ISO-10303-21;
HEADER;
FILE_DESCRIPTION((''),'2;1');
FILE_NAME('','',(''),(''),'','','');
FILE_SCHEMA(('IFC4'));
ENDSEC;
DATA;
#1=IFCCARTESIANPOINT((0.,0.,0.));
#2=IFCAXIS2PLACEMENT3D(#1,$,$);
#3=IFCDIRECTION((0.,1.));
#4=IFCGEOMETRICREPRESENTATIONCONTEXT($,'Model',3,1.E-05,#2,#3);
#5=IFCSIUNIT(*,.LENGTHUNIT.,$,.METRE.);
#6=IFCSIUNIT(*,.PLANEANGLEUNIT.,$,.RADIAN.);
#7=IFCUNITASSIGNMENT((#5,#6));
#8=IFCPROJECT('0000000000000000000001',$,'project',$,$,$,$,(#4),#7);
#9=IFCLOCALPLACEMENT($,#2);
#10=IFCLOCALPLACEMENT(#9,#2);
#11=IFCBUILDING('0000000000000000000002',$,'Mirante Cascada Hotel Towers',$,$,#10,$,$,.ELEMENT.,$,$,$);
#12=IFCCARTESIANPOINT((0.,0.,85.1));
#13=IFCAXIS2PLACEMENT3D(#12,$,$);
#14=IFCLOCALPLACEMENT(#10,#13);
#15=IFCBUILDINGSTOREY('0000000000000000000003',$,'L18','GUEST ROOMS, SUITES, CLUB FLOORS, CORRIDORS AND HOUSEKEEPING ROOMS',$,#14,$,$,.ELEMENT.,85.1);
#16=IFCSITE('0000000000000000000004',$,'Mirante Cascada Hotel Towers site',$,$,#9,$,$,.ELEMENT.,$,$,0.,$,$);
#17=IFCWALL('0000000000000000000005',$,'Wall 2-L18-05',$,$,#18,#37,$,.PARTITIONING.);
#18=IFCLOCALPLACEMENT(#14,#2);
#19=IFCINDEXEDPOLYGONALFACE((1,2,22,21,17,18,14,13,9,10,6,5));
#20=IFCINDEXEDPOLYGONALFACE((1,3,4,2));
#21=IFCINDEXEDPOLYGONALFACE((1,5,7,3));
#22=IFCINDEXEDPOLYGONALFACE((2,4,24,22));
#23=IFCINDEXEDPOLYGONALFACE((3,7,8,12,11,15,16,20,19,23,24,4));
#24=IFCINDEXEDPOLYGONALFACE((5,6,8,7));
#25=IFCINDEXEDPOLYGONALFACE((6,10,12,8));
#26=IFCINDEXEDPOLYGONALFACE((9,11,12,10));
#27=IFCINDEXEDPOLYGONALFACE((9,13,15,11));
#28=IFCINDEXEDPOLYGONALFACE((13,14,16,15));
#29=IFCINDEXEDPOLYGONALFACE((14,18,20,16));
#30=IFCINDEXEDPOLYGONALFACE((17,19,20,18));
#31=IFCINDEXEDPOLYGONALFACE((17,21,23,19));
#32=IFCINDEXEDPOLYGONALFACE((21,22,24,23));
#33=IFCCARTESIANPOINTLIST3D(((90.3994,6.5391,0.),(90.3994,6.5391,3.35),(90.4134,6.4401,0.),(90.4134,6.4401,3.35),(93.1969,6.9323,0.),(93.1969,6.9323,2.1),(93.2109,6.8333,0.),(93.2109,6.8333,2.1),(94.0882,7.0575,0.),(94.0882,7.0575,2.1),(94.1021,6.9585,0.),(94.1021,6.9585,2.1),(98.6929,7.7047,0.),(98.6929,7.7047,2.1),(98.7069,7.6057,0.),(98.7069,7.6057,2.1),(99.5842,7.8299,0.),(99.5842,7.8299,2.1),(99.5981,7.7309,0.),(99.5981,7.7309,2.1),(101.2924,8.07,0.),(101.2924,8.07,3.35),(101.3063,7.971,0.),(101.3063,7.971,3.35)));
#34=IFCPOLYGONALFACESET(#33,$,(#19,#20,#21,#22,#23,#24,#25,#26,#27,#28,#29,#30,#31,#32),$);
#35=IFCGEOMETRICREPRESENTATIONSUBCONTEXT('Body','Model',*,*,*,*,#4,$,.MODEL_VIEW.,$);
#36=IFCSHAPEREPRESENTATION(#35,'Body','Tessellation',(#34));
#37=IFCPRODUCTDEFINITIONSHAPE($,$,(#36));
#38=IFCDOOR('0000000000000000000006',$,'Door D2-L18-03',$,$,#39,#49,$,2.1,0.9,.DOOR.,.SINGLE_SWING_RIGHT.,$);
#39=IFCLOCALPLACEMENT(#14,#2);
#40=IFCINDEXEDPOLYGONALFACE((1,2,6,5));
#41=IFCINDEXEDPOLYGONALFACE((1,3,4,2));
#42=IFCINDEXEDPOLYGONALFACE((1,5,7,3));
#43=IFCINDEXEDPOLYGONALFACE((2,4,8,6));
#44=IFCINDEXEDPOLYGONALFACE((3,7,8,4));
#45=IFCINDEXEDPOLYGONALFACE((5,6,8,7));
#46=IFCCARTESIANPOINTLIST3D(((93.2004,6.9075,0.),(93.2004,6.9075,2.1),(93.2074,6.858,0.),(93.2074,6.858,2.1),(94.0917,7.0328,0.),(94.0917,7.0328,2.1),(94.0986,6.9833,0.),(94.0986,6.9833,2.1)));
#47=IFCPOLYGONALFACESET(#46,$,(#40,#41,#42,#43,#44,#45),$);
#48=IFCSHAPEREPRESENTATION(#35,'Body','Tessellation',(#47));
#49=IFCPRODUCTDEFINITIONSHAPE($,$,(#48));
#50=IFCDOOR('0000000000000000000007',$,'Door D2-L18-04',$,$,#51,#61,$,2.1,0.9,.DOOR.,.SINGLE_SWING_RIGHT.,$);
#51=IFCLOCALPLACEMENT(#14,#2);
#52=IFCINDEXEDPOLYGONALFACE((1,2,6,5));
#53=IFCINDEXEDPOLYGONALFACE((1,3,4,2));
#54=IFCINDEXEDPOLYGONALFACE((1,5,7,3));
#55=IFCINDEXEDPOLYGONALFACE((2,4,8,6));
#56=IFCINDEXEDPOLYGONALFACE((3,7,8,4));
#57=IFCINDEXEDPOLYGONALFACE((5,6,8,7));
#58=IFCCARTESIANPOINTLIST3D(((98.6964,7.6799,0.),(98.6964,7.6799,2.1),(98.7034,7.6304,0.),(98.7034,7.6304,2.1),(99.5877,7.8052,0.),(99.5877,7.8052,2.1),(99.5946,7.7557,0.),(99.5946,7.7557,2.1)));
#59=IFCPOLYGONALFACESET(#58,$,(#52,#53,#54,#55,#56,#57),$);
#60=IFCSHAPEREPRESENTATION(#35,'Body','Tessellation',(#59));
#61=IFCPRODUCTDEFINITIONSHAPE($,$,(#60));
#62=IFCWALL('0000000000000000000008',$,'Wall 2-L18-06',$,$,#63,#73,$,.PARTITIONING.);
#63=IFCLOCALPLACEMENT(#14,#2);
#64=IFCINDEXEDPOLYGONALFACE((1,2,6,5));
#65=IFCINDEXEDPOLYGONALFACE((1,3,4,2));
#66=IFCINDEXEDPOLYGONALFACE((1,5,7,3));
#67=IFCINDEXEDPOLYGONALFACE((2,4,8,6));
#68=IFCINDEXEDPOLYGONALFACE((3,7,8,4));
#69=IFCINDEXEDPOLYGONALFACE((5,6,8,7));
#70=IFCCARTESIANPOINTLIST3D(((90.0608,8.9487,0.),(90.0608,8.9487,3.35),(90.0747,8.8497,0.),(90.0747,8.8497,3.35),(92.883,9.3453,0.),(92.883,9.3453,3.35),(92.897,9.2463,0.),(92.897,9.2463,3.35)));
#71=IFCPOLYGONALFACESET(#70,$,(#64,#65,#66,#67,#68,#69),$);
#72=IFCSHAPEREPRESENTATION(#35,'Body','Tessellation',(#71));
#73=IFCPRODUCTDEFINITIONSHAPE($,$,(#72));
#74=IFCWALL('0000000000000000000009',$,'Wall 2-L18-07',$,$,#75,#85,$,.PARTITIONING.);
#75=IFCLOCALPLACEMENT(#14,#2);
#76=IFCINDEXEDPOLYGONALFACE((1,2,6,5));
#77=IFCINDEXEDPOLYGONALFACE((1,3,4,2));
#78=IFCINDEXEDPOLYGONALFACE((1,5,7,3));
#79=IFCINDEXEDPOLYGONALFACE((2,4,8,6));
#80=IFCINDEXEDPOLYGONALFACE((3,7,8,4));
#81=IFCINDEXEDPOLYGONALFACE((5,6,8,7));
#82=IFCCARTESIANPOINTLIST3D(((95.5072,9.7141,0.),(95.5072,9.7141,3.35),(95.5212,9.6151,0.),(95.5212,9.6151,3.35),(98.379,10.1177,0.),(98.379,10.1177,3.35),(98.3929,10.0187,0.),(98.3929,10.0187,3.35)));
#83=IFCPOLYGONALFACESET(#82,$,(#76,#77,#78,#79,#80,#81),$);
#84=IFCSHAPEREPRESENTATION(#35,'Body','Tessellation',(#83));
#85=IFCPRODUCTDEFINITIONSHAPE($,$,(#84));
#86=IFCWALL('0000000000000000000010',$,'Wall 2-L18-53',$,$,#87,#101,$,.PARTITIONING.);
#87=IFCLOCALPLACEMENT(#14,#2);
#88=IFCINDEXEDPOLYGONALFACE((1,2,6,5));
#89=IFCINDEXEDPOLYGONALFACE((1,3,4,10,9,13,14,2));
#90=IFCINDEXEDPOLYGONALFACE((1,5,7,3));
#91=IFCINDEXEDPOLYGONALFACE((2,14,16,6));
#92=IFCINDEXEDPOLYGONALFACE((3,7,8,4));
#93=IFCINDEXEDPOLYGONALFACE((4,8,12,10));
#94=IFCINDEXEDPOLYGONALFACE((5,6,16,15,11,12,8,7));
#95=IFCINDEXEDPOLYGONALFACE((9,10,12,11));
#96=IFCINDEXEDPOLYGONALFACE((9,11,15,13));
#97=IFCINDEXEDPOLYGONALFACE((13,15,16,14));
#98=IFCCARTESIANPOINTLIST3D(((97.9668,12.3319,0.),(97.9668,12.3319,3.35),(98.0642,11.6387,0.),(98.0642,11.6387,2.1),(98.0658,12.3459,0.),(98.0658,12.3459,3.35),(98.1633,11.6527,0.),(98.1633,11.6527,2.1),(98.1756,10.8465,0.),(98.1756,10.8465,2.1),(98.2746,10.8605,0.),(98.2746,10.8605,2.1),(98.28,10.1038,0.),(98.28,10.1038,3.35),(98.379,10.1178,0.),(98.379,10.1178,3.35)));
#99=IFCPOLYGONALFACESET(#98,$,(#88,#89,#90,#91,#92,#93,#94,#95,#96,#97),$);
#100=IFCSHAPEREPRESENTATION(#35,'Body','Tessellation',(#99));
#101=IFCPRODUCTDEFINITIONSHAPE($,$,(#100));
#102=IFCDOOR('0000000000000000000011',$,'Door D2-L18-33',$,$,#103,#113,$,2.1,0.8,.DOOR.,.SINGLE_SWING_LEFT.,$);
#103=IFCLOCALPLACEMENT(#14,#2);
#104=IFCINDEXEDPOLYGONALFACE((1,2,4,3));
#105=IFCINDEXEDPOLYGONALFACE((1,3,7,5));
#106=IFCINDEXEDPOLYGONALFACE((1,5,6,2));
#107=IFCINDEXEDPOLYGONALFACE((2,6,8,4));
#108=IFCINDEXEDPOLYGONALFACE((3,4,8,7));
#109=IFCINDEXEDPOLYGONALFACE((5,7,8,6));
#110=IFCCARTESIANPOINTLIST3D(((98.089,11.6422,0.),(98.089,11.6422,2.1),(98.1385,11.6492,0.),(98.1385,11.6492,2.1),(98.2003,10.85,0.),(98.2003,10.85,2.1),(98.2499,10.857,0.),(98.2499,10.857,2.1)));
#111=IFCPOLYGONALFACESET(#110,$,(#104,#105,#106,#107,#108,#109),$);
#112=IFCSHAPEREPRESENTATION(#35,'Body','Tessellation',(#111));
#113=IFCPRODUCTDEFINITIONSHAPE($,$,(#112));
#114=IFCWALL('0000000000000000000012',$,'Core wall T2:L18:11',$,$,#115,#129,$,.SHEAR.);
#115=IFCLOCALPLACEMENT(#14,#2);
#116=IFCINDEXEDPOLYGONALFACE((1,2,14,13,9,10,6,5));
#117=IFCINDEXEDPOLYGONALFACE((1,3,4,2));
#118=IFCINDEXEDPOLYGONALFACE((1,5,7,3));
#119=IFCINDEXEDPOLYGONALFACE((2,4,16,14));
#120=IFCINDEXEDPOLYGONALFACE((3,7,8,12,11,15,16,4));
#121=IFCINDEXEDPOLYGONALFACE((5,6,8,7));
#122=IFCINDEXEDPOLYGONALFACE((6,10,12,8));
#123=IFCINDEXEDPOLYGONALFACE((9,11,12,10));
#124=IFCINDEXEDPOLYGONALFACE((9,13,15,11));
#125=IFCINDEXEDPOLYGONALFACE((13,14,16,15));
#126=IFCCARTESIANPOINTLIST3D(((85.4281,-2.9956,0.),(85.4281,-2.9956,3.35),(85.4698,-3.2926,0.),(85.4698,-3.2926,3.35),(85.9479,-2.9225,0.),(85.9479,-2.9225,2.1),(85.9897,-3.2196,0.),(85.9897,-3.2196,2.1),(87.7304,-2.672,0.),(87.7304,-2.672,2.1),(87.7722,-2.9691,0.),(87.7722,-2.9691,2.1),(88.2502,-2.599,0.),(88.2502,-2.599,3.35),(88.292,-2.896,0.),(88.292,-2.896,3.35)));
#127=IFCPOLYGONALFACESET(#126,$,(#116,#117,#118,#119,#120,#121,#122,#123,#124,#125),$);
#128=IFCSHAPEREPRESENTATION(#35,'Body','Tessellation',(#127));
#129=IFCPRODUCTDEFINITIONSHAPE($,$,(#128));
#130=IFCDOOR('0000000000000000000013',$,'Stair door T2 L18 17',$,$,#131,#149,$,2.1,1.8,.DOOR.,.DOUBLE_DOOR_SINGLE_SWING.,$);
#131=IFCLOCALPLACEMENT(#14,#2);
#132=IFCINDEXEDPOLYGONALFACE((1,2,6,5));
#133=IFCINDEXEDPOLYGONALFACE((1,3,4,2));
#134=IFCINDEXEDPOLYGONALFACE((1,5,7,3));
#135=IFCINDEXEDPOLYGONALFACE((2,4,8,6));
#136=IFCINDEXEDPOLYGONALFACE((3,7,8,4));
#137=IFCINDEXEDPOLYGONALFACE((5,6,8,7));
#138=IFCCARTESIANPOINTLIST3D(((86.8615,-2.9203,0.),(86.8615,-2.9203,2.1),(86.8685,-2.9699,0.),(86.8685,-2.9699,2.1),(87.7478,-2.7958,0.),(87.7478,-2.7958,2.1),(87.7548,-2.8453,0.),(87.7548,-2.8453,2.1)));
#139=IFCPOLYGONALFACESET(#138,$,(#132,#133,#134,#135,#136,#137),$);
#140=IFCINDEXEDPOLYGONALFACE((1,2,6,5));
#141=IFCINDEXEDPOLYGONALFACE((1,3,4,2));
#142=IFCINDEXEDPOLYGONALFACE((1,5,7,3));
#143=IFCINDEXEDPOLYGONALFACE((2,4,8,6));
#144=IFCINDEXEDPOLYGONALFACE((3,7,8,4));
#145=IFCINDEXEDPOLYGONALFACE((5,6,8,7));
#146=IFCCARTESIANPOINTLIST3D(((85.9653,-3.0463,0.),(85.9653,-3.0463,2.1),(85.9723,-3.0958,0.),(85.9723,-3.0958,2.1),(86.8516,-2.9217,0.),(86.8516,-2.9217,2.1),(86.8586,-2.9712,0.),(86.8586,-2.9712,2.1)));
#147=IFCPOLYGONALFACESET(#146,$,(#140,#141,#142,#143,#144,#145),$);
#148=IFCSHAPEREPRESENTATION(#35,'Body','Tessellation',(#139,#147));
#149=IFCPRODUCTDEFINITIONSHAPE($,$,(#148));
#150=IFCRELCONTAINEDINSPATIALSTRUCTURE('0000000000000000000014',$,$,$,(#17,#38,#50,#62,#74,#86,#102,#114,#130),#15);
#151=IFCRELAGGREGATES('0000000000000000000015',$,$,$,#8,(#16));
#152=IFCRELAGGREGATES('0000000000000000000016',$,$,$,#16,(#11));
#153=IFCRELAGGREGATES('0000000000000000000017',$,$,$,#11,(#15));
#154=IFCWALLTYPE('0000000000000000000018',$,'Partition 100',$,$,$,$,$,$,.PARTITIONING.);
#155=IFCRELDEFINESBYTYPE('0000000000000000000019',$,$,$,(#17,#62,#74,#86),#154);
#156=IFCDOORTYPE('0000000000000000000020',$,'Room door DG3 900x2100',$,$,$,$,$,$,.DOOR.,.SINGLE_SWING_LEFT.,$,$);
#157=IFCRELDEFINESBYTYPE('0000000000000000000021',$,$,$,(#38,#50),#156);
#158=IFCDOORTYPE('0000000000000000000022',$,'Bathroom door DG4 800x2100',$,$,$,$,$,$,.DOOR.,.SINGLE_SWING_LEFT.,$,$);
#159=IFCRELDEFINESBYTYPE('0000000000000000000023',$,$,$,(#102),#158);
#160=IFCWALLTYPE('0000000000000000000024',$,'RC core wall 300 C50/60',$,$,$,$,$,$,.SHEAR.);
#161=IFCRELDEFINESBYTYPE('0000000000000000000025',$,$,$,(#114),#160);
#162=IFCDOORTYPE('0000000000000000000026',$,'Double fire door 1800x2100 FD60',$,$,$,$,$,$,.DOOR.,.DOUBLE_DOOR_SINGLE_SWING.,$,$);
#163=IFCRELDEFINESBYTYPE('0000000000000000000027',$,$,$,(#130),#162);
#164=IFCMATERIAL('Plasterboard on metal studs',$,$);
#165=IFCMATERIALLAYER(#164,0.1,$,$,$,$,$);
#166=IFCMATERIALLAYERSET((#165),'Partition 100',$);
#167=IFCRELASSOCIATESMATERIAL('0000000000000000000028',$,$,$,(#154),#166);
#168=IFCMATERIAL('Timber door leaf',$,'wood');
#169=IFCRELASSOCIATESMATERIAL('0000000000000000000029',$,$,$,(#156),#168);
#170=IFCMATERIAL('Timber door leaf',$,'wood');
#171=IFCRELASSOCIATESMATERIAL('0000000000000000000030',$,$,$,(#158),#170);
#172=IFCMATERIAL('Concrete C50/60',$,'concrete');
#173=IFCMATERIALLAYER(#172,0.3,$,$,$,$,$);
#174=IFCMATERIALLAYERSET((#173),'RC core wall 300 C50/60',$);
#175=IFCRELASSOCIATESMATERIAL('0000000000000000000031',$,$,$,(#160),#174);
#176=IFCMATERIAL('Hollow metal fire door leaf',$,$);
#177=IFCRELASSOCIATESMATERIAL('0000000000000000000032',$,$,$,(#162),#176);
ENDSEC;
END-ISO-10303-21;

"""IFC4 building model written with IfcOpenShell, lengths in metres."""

from ifc_helpers import new_model, si_unit, direction, frame, frame_2d, origin, place, context, subcontext, project, spatial, rectangle, extrude, material, layer, layer_set, type_object, element, fill, save


model = new_model("IFC4")

# Units and contexts
model_context = context("Model", 3, precision=1e-05, world=origin(), true_north=direction((0.0, 1.0)))
body_context = subcontext(model_context, "Body", "Model", "MODEL_VIEW")
ifc_project = project(units=[si_unit("LENGTHUNIT", "METRE"), si_unit("PLANEANGLEUNIT", "RADIAN")], contexts=[model_context])

# Site, building, storey
site_placement = place(None, origin())
site = spatial("IfcSite", under=ifc_project, at=site_placement, Name="Mirante Cascada Hotel Towers site", CompositionType="ELEMENT", RefElevation=0.0)
building_placement = place(site_placement, origin())
building = spatial("IfcBuilding", under=site, at=building_placement, Name="Mirante Cascada Hotel Towers", CompositionType="ELEMENT")
storey_placement = place(building_placement, frame((0.0, 0.0, 85.1)))
storey = spatial("IfcBuildingStorey", under=building, at=storey_placement, Name="L18", Description="GUEST ROOMS, SUITES, CLUB FLOORS, CORRIDORS AND HOUSEKEEPING ROOMS", CompositionType="ELEMENT", Elevation=85.1)

# Wall, openings, doors
ifc_material_1 = material(Name="Plasterboard on metal studs")
ifc_layer_1 = layer(ifc_material_1, 0.1)
ifc_layer_set_1 = layer_set([ifc_layer_1], Name="Partition 100")
wall_type_1 = type_object("IfcWallType", Name="Partition 100", PredefinedType="PARTITIONING", material=ifc_layer_set_1)
wall_1_placement = place(storey_placement, frame((90.4064, 6.4896, 0.0), z_axis=(0.0, 0.0, 1.0), x_axis=(0.990268, 0.139173, 0.0)))
wall_1 = element("IfcWall", 1, at=wall_1_placement, inside=storey, type_object=wall_type_1, Name="Wall 2-L18-05", PredefinedType="PARTITIONING", context=body_context, shape_type="SweptSolid", body=[
    extrude(rectangle(XDim=11.0, YDim=0.1, at=frame_2d((5.5, 0.0))), origin(), (0.0, 0.0, 1.0), 3.35),
])
opening_1_placement = place(wall_1_placement, frame((2.825, 0.0, 0.0)))
opening_1 = element("IfcOpeningElement", 2, at=opening_1_placement, cuts=wall_1, PredefinedType="OPENING", context=body_context, shape_type="SweptSolid", body=[
    extrude(rectangle(XDim=0.9, YDim=2.1, at=frame_2d((0.45, 1.05))), frame((0.0, 0.05, 0.0), z_axis=(0.0, -1.0, 0.0), x_axis=(1.0, 0.0, 0.0)), (0.0, 0.0, 1.0), 0.1),
])
opening_2_placement = place(wall_1_placement, frame((8.375, 0.0, 0.0)))
opening_2 = element("IfcOpeningElement", 3, at=opening_2_placement, cuts=wall_1, PredefinedType="OPENING", context=body_context, shape_type="SweptSolid", body=[
    extrude(rectangle(XDim=0.9, YDim=2.1, at=frame_2d((0.45, 1.05))), frame((0.0, 0.05, 0.0), z_axis=(0.0, -1.0, 0.0), x_axis=(1.0, 0.0, 0.0)), (0.0, 0.0, 1.0), 0.1),
])
ifc_material_2 = material(Name="Timber door leaf", Category="wood")
door_type_1 = type_object("IfcDoorType", Name="Room door DG3 900x2100", OperationType="SINGLE_SWING_LEFT", PredefinedType="DOOR", material=ifc_material_2)
door_1_placement = place(opening_1_placement, frame((0.9, 0.0, 0.0), z_axis=(0.0, 0.0, 1.0), x_axis=(-1.0, 0.0, 0.0)))
door_1 = element("IfcDoor", 4, at=door_1_placement, inside=storey, type_object=door_type_1, Name="Door D2-L18-03", OperationType="SINGLE_SWING_RIGHT", OverallHeight=2.1, OverallWidth=0.9, PredefinedType="DOOR", context=body_context, shape_type="SweptSolid", body=[
    extrude(rectangle(XDim=0.9, YDim=2.1, at=frame_2d((0.45, 1.05))), frame((0.0, 0.025, 0.0), z_axis=(0.0, -1.0, 0.0), x_axis=(1.0, 0.0, 0.0)), (0.0, 0.0, 1.0), 0.05),
])
fill(opening_1, door_1)
door_2_placement = place(opening_2_placement, frame((0.9, 0.0, 0.0), z_axis=(0.0, 0.0, 1.0), x_axis=(-1.0, 0.0, 0.0)))
door_2 = element("IfcDoor", 5, at=door_2_placement, inside=storey, type_object=door_type_1, Name="Door D2-L18-04", OperationType="SINGLE_SWING_RIGHT", OverallHeight=2.1, OverallWidth=0.9, PredefinedType="DOOR", context=body_context, shape_type="SweptSolid", body=[
    extrude(rectangle(XDim=0.9, YDim=2.1, at=frame_2d((0.45, 1.05))), frame((0.0, 0.025, 0.0), z_axis=(0.0, -1.0, 0.0), x_axis=(1.0, 0.0, 0.0)), (0.0, 0.0, 1.0), 0.05),
])
fill(opening_2, door_2)

# Walls
wall_2_placement = place(storey_placement, frame((92.89, 9.2958, 0.0), z_axis=(0.0, 0.0, 1.0), x_axis=(-0.99027, -0.139156, 0.0)))
element("IfcWall", 6, at=wall_2_placement, inside=storey, type_object=wall_type_1, Name="Wall 2-L18-06", PredefinedType="PARTITIONING", context=body_context, shape_type="SweptSolid", body=[
    extrude(rectangle(XDim=2.85, YDim=0.1, at=frame_2d((1.425, 0.0))), origin(), (0.0, 0.0, 1.0), 3.35),
])
wall_3_placement = place(storey_placement, frame((95.5142, 9.6646, 0.0), z_axis=(0.0, 0.0, 1.0), x_axis=(0.990268, 0.139171, 0.0)))
element("IfcWall", 7, at=wall_3_placement, inside=storey, type_object=wall_type_1, Name="Wall 2-L18-07", PredefinedType="PARTITIONING", context=body_context, shape_type="SweptSolid", body=[
    extrude(rectangle(XDim=2.9, YDim=0.1, at=frame_2d((1.45, 0.0))), origin(), (0.0, 0.0, 1.0), 3.35),
])

# Walls, openings, doors
wall_4_placement = place(storey_placement, frame((98.3295, 10.1108, 0.0), z_axis=(0.0, 0.0, 1.0), x_axis=(-0.1392, 0.990264, 0.0)))
wall_4 = element("IfcWall", 8, at=wall_4_placement, inside=storey, type_object=wall_type_1, Name="Wall 2-L18-53", PredefinedType="PARTITIONING", context=body_context, shape_type="SweptSolid", body=[
    extrude(rectangle(XDim=2.25, YDim=0.1, at=frame_2d((1.125, 0.0))), origin(), (0.0, 0.0, 1.0), 3.35),
])
opening_3_placement = place(wall_4_placement, frame((0.75, 0.0, 0.0)))
opening_3 = element("IfcOpeningElement", 9, at=opening_3_placement, cuts=wall_4, PredefinedType="OPENING", context=body_context, shape_type="SweptSolid", body=[
    extrude(rectangle(XDim=0.8, YDim=2.1, at=frame_2d((0.4, 1.05))), frame((0.0, 0.05, 0.0), z_axis=(0.0, -1.0, 0.0), x_axis=(1.0, 0.0, 0.0)), (0.0, 0.0, 1.0), 0.1),
])
ifc_material_3 = material(Name="Timber door leaf", Category="wood")
door_type_2 = type_object("IfcDoorType", Name="Bathroom door DG4 800x2100", OperationType="SINGLE_SWING_LEFT", PredefinedType="DOOR", material=ifc_material_3)
door_3_placement = place(opening_3_placement, origin())
door_3 = element("IfcDoor", 10, at=door_3_placement, inside=storey, type_object=door_type_2, Name="Door D2-L18-33", OperationType="SINGLE_SWING_LEFT", OverallHeight=2.1, OverallWidth=0.8, PredefinedType="DOOR", context=body_context, shape_type="SweptSolid", body=[
    extrude(rectangle(XDim=0.8, YDim=2.1, at=frame_2d((0.4, 1.05))), frame((0.0, 0.025, 0.0), z_axis=(0.0, -1.0, 0.0), x_axis=(1.0, 0.0, 0.0)), (0.0, 0.0, 1.0), 0.05),
])
fill(opening_3, door_3)
ifc_material_4 = material(Name="Concrete C50/60", Category="concrete")
ifc_layer_2 = layer(ifc_material_4, 0.3)
ifc_layer_set_2 = layer_set([ifc_layer_2], Name="RC core wall 300 C50/60")
wall_type_2 = type_object("IfcWallType", Name="RC core wall 300 C50/60", PredefinedType="SHEAR", material=ifc_layer_set_2)
wall_5_placement = place(storey_placement, frame((85.4489, -3.1441, 0.0), z_axis=(0.0, 0.0, 1.0), x_axis=(0.99027, 0.139161, 0.0)))
wall_5 = element("IfcWall", 11, at=wall_5_placement, inside=storey, type_object=wall_type_2, Name="Core wall T2:L18:11", PredefinedType="SHEAR", context=body_context, shape_type="SweptSolid", body=[
    extrude(rectangle(XDim=2.8499, YDim=0.3, at=frame_2d((1.425, 0.0))), origin(), (0.0, 0.0, 1.0), 3.35),
])
opening_4_placement = place(wall_5_placement, frame((0.525, 0.0, 0.0)))
opening_4 = element("IfcOpeningElement", 12, at=opening_4_placement, cuts=wall_5, PredefinedType="OPENING", context=body_context, shape_type="SweptSolid", body=[
    extrude(rectangle(XDim=1.8, YDim=2.1, at=frame_2d((0.9, 1.05))), frame((0.0, 0.15, 0.0), z_axis=(0.0, -1.0, 0.0), x_axis=(1.0, 0.0, 0.0)), (0.0, 0.0, 1.0), 0.3),
])
ifc_material_5 = material(Name="Hollow metal fire door leaf")
door_type_3 = type_object("IfcDoorType", Name="Double fire door 1800x2100 FD60", OperationType="DOUBLE_DOOR_SINGLE_SWING", PredefinedType="DOOR", material=ifc_material_5)
door_4_placement = place(opening_4_placement, frame((1.8, 0.0, 0.0), z_axis=(0.0, 0.0, 1.0), x_axis=(-1.0, 0.0, 0.0)))
door_4 = element("IfcDoor", 13, at=door_4_placement, inside=storey, type_object=door_type_3, Name="Stair door T2 L18 17", OperationType="DOUBLE_DOOR_SINGLE_SWING", OverallHeight=2.1, OverallWidth=1.8, PredefinedType="DOOR", context=body_context, shape_type="SweptSolid", body=[
    extrude(rectangle(XDim=0.895, YDim=2.1, at=frame_2d((0.4475, 1.05))), frame((0.0, 0.025, 0.0), z_axis=(0.0, -1.0, 0.0), x_axis=(1.0, 0.0, 0.0)), (0.0, 0.0, 1.0), 0.05),
    extrude(rectangle(XDim=0.895, YDim=2.1, at=frame_2d((1.3525, 1.05))), frame((0.0, 0.025, 0.0), z_axis=(0.0, -1.0, 0.0), x_axis=(1.0, 0.0, 0.0)), (0.0, 0.0, 1.0), 0.05),
])
fill(opening_4, door_4)

save(model, "model.ifc")
